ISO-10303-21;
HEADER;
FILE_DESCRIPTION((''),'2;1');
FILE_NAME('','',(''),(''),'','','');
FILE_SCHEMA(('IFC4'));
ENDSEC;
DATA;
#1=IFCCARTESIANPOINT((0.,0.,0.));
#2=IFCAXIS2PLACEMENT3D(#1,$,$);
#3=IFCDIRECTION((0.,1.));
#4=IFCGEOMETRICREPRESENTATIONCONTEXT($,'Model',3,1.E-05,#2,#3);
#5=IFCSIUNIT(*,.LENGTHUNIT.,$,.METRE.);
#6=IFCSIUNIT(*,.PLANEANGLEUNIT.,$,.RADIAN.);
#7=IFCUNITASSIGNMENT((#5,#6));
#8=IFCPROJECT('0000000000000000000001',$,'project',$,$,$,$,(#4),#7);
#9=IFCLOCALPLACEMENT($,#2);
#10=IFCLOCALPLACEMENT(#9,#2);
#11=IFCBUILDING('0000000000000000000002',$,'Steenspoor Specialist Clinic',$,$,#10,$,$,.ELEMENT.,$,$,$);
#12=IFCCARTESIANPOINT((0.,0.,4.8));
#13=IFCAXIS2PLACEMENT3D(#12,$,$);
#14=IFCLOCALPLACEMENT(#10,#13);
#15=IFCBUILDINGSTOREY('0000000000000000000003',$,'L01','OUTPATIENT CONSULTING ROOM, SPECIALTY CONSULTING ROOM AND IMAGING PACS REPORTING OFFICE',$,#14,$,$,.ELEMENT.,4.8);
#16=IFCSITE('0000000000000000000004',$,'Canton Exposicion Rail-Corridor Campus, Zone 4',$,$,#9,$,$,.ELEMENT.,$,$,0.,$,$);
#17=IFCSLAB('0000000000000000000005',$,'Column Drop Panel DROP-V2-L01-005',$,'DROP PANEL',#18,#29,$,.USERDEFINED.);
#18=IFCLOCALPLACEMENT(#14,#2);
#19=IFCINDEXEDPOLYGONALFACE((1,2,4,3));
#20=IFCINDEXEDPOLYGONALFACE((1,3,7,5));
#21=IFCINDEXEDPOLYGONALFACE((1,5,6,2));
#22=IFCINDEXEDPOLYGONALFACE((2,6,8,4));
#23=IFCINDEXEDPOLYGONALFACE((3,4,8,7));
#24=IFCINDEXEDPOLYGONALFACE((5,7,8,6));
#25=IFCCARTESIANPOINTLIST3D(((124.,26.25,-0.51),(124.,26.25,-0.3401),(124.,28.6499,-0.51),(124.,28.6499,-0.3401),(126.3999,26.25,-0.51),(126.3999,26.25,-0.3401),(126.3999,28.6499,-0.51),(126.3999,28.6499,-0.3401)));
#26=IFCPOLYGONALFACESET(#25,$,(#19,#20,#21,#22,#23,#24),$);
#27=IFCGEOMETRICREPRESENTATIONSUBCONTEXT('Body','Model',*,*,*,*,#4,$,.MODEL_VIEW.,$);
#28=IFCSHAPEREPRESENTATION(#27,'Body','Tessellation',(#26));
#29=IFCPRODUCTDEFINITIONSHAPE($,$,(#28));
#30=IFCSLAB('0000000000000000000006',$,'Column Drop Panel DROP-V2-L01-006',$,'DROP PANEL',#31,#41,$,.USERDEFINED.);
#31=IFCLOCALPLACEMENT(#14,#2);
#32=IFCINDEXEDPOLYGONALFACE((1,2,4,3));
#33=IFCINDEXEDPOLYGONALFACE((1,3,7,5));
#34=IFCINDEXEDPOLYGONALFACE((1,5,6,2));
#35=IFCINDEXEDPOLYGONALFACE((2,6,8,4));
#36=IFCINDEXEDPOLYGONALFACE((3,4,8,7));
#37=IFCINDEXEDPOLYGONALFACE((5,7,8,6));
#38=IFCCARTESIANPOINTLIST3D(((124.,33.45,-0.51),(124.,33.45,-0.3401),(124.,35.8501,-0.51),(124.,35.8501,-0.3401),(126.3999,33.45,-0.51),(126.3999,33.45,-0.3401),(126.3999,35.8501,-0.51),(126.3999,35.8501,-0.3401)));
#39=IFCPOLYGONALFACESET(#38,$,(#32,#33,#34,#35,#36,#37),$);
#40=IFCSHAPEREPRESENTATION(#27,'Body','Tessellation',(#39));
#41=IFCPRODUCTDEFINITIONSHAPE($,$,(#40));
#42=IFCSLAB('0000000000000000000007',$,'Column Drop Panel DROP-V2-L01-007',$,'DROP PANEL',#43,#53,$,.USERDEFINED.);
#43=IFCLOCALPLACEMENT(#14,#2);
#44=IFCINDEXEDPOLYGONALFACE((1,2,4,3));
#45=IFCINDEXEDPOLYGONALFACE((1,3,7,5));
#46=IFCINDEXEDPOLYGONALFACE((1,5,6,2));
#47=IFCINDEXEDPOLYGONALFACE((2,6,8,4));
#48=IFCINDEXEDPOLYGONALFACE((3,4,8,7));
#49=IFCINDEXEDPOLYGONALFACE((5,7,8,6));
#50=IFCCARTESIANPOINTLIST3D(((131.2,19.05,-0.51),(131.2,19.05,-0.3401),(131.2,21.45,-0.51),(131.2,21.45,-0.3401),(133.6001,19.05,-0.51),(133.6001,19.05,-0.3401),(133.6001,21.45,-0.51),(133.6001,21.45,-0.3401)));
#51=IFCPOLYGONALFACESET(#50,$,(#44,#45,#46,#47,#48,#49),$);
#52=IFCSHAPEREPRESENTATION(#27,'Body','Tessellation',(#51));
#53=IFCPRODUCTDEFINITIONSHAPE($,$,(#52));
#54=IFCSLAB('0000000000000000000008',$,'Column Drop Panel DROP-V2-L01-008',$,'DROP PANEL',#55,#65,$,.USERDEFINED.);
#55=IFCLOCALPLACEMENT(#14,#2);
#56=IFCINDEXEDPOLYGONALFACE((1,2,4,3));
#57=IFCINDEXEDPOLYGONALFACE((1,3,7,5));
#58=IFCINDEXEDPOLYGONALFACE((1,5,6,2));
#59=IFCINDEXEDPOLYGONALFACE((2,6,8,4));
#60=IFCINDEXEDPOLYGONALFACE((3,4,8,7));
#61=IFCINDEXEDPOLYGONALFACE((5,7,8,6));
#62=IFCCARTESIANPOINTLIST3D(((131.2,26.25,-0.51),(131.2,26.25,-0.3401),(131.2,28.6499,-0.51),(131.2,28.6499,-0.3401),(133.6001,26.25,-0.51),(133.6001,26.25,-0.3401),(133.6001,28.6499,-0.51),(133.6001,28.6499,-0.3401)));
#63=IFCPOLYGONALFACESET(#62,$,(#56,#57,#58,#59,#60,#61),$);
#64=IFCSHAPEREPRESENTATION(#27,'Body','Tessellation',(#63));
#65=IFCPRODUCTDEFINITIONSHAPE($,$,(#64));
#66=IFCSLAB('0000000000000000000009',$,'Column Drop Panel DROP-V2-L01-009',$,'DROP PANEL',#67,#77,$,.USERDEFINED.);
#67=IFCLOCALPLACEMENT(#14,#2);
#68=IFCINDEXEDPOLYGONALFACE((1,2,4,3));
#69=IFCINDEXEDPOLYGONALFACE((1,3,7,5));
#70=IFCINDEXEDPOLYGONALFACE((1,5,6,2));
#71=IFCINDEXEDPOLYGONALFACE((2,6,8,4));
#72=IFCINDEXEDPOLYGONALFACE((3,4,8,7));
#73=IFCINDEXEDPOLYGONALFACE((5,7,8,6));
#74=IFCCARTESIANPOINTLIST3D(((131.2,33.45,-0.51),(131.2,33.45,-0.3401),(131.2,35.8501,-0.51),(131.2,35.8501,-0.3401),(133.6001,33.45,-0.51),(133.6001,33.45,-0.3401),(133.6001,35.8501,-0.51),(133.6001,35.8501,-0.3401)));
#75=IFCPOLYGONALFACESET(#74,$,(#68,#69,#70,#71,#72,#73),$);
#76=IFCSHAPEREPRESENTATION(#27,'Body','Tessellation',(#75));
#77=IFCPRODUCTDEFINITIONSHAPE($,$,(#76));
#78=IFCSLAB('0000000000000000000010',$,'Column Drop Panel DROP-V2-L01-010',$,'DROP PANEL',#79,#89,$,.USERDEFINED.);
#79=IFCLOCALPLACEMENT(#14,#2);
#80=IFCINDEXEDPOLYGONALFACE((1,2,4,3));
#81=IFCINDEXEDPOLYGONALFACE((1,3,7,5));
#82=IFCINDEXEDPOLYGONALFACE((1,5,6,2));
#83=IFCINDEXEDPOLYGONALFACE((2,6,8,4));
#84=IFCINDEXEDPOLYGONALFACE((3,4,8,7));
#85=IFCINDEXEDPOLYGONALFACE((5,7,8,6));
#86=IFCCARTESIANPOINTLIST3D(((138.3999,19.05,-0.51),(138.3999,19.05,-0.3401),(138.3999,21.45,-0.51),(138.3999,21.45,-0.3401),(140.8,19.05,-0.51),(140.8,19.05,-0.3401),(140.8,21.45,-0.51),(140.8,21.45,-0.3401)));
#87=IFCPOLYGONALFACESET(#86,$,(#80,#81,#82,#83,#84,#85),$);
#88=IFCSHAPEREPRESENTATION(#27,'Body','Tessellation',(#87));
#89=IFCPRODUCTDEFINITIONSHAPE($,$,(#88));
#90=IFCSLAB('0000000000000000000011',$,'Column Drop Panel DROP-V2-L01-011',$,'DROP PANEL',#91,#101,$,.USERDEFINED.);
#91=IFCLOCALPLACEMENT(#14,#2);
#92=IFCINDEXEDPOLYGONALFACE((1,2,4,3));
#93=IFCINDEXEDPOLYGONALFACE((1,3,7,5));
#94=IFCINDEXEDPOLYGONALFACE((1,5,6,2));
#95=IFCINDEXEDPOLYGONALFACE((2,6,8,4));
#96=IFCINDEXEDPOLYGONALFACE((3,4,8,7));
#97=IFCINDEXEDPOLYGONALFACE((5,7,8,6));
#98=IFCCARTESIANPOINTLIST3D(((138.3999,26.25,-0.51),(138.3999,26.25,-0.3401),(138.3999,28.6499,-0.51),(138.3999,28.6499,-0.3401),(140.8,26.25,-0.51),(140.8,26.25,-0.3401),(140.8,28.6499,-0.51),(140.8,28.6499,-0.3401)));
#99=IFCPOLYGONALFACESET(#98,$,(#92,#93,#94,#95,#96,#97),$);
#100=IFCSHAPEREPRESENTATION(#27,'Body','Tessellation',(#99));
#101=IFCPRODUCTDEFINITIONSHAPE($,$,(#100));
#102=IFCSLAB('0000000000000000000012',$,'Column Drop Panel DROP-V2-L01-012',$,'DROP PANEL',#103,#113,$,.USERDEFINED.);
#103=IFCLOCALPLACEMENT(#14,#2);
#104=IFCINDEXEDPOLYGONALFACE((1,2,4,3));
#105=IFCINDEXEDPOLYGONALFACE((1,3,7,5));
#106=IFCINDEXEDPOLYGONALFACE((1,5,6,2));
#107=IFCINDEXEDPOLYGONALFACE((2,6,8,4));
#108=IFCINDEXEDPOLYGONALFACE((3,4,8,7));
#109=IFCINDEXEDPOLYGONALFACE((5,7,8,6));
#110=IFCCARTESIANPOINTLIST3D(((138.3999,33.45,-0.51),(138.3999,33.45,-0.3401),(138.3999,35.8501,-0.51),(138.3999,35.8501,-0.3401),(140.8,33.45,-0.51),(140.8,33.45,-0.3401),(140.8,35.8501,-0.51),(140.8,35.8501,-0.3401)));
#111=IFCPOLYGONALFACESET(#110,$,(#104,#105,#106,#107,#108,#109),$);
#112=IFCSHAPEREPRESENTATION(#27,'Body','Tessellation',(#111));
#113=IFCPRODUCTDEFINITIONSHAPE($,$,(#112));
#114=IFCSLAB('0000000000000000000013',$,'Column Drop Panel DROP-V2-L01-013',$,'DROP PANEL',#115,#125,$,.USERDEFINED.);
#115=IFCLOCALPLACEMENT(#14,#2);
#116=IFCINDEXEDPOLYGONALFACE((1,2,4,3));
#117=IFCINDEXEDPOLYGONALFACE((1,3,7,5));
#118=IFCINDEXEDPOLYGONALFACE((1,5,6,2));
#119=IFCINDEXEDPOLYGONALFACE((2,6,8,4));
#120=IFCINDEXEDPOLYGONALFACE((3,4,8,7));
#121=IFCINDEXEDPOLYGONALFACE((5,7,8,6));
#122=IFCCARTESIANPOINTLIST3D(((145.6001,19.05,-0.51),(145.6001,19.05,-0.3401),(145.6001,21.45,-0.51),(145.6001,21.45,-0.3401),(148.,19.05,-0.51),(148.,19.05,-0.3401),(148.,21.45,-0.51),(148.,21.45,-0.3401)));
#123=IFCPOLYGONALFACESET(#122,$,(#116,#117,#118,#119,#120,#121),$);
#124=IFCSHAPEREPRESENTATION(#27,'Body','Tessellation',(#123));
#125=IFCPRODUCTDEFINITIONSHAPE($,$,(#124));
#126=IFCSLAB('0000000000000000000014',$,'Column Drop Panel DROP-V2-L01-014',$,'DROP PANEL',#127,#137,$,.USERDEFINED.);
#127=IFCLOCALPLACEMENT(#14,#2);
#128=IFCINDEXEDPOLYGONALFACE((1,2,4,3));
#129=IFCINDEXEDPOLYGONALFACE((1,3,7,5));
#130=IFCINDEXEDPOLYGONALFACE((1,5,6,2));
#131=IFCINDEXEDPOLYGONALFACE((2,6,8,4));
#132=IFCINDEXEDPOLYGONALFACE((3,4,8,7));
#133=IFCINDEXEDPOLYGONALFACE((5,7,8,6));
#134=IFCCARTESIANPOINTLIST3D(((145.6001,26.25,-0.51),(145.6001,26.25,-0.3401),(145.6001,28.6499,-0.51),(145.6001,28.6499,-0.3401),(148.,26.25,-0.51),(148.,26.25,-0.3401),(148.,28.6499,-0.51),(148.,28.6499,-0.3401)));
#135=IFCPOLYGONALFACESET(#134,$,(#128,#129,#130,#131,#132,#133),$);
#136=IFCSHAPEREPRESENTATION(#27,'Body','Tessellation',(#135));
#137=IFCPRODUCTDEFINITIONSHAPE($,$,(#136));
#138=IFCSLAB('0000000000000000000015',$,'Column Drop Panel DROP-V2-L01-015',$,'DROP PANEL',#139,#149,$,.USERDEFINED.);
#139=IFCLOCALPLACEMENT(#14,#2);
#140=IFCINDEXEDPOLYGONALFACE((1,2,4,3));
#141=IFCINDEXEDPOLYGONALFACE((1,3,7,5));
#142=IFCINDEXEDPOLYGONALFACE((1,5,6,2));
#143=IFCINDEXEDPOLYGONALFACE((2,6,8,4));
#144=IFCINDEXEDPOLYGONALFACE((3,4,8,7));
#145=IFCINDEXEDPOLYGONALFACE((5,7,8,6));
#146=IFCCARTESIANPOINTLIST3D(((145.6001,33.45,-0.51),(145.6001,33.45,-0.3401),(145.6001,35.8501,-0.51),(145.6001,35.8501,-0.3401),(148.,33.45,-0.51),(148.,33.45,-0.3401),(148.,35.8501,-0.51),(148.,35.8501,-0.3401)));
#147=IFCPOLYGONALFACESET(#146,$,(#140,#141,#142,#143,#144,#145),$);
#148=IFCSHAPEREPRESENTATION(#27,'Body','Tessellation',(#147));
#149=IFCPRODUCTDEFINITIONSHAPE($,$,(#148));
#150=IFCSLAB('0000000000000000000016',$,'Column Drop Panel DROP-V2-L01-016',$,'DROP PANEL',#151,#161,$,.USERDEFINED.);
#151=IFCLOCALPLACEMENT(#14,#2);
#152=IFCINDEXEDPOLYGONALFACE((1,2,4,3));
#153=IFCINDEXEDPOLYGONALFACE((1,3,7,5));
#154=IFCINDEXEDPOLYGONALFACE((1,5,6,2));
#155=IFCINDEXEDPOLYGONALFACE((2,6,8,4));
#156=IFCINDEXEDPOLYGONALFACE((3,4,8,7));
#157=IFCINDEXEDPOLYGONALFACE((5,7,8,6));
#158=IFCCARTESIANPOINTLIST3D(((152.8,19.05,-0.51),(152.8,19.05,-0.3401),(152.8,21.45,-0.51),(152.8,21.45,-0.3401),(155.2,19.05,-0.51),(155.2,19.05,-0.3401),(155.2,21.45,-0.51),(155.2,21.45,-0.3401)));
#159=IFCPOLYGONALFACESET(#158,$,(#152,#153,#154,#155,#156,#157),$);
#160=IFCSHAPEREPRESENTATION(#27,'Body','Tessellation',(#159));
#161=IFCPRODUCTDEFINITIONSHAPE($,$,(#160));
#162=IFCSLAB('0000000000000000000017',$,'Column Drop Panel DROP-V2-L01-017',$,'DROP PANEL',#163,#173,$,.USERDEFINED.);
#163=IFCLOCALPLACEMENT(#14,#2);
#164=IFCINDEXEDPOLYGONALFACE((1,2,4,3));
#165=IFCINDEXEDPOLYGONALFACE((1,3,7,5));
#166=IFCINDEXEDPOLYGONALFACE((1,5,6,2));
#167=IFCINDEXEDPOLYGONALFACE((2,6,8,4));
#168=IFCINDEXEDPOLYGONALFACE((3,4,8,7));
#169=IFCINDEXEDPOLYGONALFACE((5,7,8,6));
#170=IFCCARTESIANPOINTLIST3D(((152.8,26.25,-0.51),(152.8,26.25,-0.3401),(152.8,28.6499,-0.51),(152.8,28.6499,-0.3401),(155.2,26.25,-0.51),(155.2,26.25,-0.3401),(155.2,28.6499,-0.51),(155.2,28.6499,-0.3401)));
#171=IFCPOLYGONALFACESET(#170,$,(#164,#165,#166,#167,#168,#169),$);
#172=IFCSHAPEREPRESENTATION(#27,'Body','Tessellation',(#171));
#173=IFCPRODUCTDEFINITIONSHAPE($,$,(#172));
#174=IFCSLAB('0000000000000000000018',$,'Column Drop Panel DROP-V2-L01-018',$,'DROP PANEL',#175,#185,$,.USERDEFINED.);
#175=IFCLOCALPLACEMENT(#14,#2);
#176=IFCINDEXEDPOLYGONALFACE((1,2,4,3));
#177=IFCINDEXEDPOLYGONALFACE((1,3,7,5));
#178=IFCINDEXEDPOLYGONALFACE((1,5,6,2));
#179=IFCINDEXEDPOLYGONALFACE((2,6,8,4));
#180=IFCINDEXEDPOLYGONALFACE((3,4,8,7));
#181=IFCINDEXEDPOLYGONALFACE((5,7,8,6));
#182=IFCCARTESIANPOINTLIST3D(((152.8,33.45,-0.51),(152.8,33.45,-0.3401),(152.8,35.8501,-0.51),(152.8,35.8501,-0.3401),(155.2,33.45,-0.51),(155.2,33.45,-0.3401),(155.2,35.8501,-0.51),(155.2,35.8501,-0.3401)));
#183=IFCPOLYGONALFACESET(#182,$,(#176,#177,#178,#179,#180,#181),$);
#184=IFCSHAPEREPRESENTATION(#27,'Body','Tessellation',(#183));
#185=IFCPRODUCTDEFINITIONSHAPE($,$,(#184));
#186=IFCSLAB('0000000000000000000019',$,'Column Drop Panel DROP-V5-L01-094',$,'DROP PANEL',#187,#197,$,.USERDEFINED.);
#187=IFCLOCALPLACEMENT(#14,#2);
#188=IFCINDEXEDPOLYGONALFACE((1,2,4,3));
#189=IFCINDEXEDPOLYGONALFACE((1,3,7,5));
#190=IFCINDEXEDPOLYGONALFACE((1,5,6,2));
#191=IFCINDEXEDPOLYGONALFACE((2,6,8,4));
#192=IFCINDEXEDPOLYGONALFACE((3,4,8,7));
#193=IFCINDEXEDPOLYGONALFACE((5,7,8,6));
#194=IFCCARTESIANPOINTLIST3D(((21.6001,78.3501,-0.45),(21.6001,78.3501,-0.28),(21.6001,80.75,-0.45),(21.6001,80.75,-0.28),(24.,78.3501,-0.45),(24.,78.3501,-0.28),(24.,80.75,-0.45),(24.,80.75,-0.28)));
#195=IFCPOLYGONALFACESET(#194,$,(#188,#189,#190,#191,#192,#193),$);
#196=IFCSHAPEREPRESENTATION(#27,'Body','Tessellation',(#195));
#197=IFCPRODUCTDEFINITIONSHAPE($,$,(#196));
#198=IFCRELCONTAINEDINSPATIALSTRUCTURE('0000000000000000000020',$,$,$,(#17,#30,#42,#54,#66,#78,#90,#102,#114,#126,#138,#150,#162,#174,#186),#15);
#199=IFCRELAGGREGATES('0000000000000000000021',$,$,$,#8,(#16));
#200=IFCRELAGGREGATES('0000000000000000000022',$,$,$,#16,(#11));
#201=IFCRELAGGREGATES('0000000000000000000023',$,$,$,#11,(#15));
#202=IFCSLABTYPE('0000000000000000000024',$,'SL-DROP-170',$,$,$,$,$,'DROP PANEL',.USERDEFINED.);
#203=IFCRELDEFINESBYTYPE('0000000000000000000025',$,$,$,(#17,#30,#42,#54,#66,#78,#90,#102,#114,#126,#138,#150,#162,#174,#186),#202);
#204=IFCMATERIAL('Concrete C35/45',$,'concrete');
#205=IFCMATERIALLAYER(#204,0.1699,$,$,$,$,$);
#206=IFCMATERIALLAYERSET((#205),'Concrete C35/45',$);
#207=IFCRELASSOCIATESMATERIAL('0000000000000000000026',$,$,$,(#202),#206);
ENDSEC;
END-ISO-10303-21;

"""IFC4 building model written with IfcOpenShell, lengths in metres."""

from ifc_helpers import new_model, si_unit, direction, frame, origin, place, context, subcontext, project, spatial, polyline, outline, extrude, material, layer, layer_set, type_object, element, save


model = new_model("IFC4")

# Units and contexts
model_context = context("Model", 3, precision=1e-05, world=origin(), true_north=direction((0.0, 1.0)))
body_context = subcontext(model_context, "Body", "Model", "MODEL_VIEW")
ifc_project = project(units=[si_unit("LENGTHUNIT", "METRE"), si_unit("PLANEANGLEUNIT", "RADIAN")], contexts=[model_context])

# Site, building, storey
site_placement = place(None, origin())
site = spatial("IfcSite", under=ifc_project, at=site_placement, Name="Canton Exposicion Rail-Corridor Campus, Zone 4", CompositionType="ELEMENT", RefElevation=0.0)
building_placement = place(site_placement, origin())
building = spatial("IfcBuilding", under=site, at=building_placement, Name="Steenspoor Specialist Clinic", CompositionType="ELEMENT")
storey_placement = place(building_placement, frame((0.0, 0.0, 4.8)))
storey = spatial("IfcBuildingStorey", under=building, at=storey_placement, Name="L01", Description="OUTPATIENT CONSULTING ROOM, SPECIALTY CONSULTING ROOM AND IMAGING PACS REPORTING OFFICE", CompositionType="ELEMENT", Elevation=4.8)

# Slabs
ifc_material = material(Name="Concrete C35/45", Category="concrete")
ifc_layer = layer(ifc_material, 0.1699)
ifc_layer_set = layer_set([ifc_layer], Name="Concrete C35/45")
slab_type = type_object("IfcSlabType", Name="SL-DROP-170", ElementType="DROP PANEL", PredefinedType="USERDEFINED", material=ifc_layer_set)
slab_1_placement = place(storey_placement, frame((0.0, 0.0, -0.51)))
element("IfcSlab", 1, at=slab_1_placement, inside=storey, type_object=slab_type, Name="Column Drop Panel DROP-V2-L01-005", ObjectType="DROP PANEL", PredefinedType="USERDEFINED", context=body_context, shape_type="SweptSolid", body=[
    extrude(outline(polyline([(126.3999, 26.25), (126.3999, 28.6499), (124.0, 28.6499), (124.0, 26.25), (126.3999, 26.25)])), origin(), (0.0, 0.0, 1.0), 0.1699),
])
slab_2_placement = place(storey_placement, frame((0.0, 0.0, -0.51)))
element("IfcSlab", 2, at=slab_2_placement, inside=storey, type_object=slab_type, Name="Column Drop Panel DROP-V2-L01-006", ObjectType="DROP PANEL", PredefinedType="USERDEFINED", context=body_context, shape_type="SweptSolid", body=[
    extrude(outline(polyline([(126.3999, 33.45), (126.3999, 35.8501), (124.0, 35.8501), (124.0, 33.45), (126.3999, 33.45)])), origin(), (0.0, 0.0, 1.0), 0.1699),
])
slab_3_placement = place(storey_placement, frame((0.0, 0.0, -0.51)))
element("IfcSlab", 3, at=slab_3_placement, inside=storey, type_object=slab_type, Name="Column Drop Panel DROP-V2-L01-007", ObjectType="DROP PANEL", PredefinedType="USERDEFINED", context=body_context, shape_type="SweptSolid", body=[
    extrude(outline(polyline([(133.6001, 19.05), (133.6001, 21.45), (131.2, 21.45), (131.2, 19.05), (133.6001, 19.05)])), origin(), (0.0, 0.0, 1.0), 0.1699),
])
slab_4_placement = place(storey_placement, frame((0.0, 0.0, -0.51)))
element("IfcSlab", 4, at=slab_4_placement, inside=storey, type_object=slab_type, Name="Column Drop Panel DROP-V2-L01-008", ObjectType="DROP PANEL", PredefinedType="USERDEFINED", context=body_context, shape_type="SweptSolid", body=[
    extrude(outline(polyline([(133.6001, 26.25), (133.6001, 28.6499), (131.2, 28.6499), (131.2, 26.25), (133.6001, 26.25)])), origin(), (0.0, 0.0, 1.0), 0.1699),
])
slab_5_placement = place(storey_placement, frame((0.0, 0.0, -0.51)))
element("IfcSlab", 5, at=slab_5_placement, inside=storey, type_object=slab_type, Name="Column Drop Panel DROP-V2-L01-009", ObjectType="DROP PANEL", PredefinedType="USERDEFINED", context=body_context, shape_type="SweptSolid", body=[
    extrude(outline(polyline([(133.6001, 33.45), (133.6001, 35.8501), (131.2, 35.8501), (131.2, 33.45), (133.6001, 33.45)])), origin(), (0.0, 0.0, 1.0), 0.1699),
])
slab_6_placement = place(storey_placement, frame((0.0, 0.0, -0.51)))
element("IfcSlab", 6, at=slab_6_placement, inside=storey, type_object=slab_type, Name="Column Drop Panel DROP-V2-L01-010", ObjectType="DROP PANEL", PredefinedType="USERDEFINED", context=body_context, shape_type="SweptSolid", body=[
    extrude(outline(polyline([(140.8, 19.05), (140.8, 21.45), (138.3999, 21.45), (138.3999, 19.05), (140.8, 19.05)])), origin(), (0.0, 0.0, 1.0), 0.1699),
])
slab_7_placement = place(storey_placement, frame((0.0, 0.0, -0.51)))
element("IfcSlab", 7, at=slab_7_placement, inside=storey, type_object=slab_type, Name="Column Drop Panel DROP-V2-L01-011", ObjectType="DROP PANEL", PredefinedType="USERDEFINED", context=body_context, shape_type="SweptSolid", body=[
    extrude(outline(polyline([(140.8, 26.25), (140.8, 28.6499), (138.3999, 28.6499), (138.3999, 26.25), (140.8, 26.25)])), origin(), (0.0, 0.0, 1.0), 0.1699),
])
slab_8_placement = place(storey_placement, frame((0.0, 0.0, -0.51)))
element("IfcSlab", 8, at=slab_8_placement, inside=storey, type_object=slab_type, Name="Column Drop Panel DROP-V2-L01-012", ObjectType="DROP PANEL", PredefinedType="USERDEFINED", context=body_context, shape_type="SweptSolid", body=[
    extrude(outline(polyline([(140.8, 33.45), (140.8, 35.8501), (138.3999, 35.8501), (138.3999, 33.45), (140.8, 33.45)])), origin(), (0.0, 0.0, 1.0), 0.1699),
])
slab_9_placement = place(storey_placement, frame((0.0, 0.0, -0.51)))
element("IfcSlab", 9, at=slab_9_placement, inside=storey, type_object=slab_type, Name="Column Drop Panel DROP-V2-L01-013", ObjectType="DROP PANEL", PredefinedType="USERDEFINED", context=body_context, shape_type="SweptSolid", body=[
    extrude(outline(polyline([(148.0, 19.05), (148.0, 21.45), (145.6001, 21.45), (145.6001, 19.05), (148.0, 19.05)])), origin(), (0.0, 0.0, 1.0), 0.1699),
])
slab_10_placement = place(storey_placement, frame((0.0, 0.0, -0.51)))
element("IfcSlab", 10, at=slab_10_placement, inside=storey, type_object=slab_type, Name="Column Drop Panel DROP-V2-L01-014", ObjectType="DROP PANEL", PredefinedType="USERDEFINED", context=body_context, shape_type="SweptSolid", body=[
    extrude(outline(polyline([(148.0, 26.25), (148.0, 28.6499), (145.6001, 28.6499), (145.6001, 26.25), (148.0, 26.25)])), origin(), (0.0, 0.0, 1.0), 0.1699),
])
slab_11_placement = place(storey_placement, frame((0.0, 0.0, -0.51)))
element("IfcSlab", 11, at=slab_11_placement, inside=storey, type_object=slab_type, Name="Column Drop Panel DROP-V2-L01-015", ObjectType="DROP PANEL", PredefinedType="USERDEFINED", context=body_context, shape_type="SweptSolid", body=[
    extrude(outline(polyline([(148.0, 33.45), (148.0, 35.8501), (145.6001, 35.8501), (145.6001, 33.45), (148.0, 33.45)])), origin(), (0.0, 0.0, 1.0), 0.1699),
])
slab_12_placement = place(storey_placement, frame((0.0, 0.0, -0.51)))
element("IfcSlab", 12, at=slab_12_placement, inside=storey, type_object=slab_type, Name="Column Drop Panel DROP-V2-L01-016", ObjectType="DROP PANEL", PredefinedType="USERDEFINED", context=body_context, shape_type="SweptSolid", body=[
    extrude(outline(polyline([(155.2, 19.05), (155.2, 21.45), (152.8, 21.45), (152.8, 19.05), (155.2, 19.05)])), origin(), (0.0, 0.0, 1.0), 0.1699),
])
slab_13_placement = place(storey_placement, frame((0.0, 0.0, -0.51)))
element("IfcSlab", 13, at=slab_13_placement, inside=storey, type_object=slab_type, Name="Column Drop Panel DROP-V2-L01-017", ObjectType="DROP PANEL", PredefinedType="USERDEFINED", context=body_context, shape_type="SweptSolid", body=[
    extrude(outline(polyline([(155.2, 26.25), (155.2, 28.6499), (152.8, 28.6499), (152.8, 26.25), (155.2, 26.25)])), origin(), (0.0, 0.0, 1.0), 0.1699),
])
slab_14_placement = place(storey_placement, frame((0.0, 0.0, -0.51)))
element("IfcSlab", 14, at=slab_14_placement, inside=storey, type_object=slab_type, Name="Column Drop Panel DROP-V2-L01-018", ObjectType="DROP PANEL", PredefinedType="USERDEFINED", context=body_context, shape_type="SweptSolid", body=[
    extrude(outline(polyline([(155.2, 33.45), (155.2, 35.8501), (152.8, 35.8501), (152.8, 33.45), (155.2, 33.45)])), origin(), (0.0, 0.0, 1.0), 0.1699),
])
slab_15_placement = place(storey_placement, frame((0.0, 0.0, -0.45)))
element("IfcSlab", 15, at=slab_15_placement, inside=storey, type_object=slab_type, Name="Column Drop Panel DROP-V5-L01-094", ObjectType="DROP PANEL", PredefinedType="USERDEFINED", context=body_context, shape_type="SweptSolid", body=[
    extrude(outline(polyline([(24.0, 78.3501), (24.0, 80.75), (21.6001, 80.75), (21.6001, 78.3501), (24.0, 78.3501)])), origin(), (0.0, 0.0, 1.0), 0.1699),
])

save(model, "model.ifc")
